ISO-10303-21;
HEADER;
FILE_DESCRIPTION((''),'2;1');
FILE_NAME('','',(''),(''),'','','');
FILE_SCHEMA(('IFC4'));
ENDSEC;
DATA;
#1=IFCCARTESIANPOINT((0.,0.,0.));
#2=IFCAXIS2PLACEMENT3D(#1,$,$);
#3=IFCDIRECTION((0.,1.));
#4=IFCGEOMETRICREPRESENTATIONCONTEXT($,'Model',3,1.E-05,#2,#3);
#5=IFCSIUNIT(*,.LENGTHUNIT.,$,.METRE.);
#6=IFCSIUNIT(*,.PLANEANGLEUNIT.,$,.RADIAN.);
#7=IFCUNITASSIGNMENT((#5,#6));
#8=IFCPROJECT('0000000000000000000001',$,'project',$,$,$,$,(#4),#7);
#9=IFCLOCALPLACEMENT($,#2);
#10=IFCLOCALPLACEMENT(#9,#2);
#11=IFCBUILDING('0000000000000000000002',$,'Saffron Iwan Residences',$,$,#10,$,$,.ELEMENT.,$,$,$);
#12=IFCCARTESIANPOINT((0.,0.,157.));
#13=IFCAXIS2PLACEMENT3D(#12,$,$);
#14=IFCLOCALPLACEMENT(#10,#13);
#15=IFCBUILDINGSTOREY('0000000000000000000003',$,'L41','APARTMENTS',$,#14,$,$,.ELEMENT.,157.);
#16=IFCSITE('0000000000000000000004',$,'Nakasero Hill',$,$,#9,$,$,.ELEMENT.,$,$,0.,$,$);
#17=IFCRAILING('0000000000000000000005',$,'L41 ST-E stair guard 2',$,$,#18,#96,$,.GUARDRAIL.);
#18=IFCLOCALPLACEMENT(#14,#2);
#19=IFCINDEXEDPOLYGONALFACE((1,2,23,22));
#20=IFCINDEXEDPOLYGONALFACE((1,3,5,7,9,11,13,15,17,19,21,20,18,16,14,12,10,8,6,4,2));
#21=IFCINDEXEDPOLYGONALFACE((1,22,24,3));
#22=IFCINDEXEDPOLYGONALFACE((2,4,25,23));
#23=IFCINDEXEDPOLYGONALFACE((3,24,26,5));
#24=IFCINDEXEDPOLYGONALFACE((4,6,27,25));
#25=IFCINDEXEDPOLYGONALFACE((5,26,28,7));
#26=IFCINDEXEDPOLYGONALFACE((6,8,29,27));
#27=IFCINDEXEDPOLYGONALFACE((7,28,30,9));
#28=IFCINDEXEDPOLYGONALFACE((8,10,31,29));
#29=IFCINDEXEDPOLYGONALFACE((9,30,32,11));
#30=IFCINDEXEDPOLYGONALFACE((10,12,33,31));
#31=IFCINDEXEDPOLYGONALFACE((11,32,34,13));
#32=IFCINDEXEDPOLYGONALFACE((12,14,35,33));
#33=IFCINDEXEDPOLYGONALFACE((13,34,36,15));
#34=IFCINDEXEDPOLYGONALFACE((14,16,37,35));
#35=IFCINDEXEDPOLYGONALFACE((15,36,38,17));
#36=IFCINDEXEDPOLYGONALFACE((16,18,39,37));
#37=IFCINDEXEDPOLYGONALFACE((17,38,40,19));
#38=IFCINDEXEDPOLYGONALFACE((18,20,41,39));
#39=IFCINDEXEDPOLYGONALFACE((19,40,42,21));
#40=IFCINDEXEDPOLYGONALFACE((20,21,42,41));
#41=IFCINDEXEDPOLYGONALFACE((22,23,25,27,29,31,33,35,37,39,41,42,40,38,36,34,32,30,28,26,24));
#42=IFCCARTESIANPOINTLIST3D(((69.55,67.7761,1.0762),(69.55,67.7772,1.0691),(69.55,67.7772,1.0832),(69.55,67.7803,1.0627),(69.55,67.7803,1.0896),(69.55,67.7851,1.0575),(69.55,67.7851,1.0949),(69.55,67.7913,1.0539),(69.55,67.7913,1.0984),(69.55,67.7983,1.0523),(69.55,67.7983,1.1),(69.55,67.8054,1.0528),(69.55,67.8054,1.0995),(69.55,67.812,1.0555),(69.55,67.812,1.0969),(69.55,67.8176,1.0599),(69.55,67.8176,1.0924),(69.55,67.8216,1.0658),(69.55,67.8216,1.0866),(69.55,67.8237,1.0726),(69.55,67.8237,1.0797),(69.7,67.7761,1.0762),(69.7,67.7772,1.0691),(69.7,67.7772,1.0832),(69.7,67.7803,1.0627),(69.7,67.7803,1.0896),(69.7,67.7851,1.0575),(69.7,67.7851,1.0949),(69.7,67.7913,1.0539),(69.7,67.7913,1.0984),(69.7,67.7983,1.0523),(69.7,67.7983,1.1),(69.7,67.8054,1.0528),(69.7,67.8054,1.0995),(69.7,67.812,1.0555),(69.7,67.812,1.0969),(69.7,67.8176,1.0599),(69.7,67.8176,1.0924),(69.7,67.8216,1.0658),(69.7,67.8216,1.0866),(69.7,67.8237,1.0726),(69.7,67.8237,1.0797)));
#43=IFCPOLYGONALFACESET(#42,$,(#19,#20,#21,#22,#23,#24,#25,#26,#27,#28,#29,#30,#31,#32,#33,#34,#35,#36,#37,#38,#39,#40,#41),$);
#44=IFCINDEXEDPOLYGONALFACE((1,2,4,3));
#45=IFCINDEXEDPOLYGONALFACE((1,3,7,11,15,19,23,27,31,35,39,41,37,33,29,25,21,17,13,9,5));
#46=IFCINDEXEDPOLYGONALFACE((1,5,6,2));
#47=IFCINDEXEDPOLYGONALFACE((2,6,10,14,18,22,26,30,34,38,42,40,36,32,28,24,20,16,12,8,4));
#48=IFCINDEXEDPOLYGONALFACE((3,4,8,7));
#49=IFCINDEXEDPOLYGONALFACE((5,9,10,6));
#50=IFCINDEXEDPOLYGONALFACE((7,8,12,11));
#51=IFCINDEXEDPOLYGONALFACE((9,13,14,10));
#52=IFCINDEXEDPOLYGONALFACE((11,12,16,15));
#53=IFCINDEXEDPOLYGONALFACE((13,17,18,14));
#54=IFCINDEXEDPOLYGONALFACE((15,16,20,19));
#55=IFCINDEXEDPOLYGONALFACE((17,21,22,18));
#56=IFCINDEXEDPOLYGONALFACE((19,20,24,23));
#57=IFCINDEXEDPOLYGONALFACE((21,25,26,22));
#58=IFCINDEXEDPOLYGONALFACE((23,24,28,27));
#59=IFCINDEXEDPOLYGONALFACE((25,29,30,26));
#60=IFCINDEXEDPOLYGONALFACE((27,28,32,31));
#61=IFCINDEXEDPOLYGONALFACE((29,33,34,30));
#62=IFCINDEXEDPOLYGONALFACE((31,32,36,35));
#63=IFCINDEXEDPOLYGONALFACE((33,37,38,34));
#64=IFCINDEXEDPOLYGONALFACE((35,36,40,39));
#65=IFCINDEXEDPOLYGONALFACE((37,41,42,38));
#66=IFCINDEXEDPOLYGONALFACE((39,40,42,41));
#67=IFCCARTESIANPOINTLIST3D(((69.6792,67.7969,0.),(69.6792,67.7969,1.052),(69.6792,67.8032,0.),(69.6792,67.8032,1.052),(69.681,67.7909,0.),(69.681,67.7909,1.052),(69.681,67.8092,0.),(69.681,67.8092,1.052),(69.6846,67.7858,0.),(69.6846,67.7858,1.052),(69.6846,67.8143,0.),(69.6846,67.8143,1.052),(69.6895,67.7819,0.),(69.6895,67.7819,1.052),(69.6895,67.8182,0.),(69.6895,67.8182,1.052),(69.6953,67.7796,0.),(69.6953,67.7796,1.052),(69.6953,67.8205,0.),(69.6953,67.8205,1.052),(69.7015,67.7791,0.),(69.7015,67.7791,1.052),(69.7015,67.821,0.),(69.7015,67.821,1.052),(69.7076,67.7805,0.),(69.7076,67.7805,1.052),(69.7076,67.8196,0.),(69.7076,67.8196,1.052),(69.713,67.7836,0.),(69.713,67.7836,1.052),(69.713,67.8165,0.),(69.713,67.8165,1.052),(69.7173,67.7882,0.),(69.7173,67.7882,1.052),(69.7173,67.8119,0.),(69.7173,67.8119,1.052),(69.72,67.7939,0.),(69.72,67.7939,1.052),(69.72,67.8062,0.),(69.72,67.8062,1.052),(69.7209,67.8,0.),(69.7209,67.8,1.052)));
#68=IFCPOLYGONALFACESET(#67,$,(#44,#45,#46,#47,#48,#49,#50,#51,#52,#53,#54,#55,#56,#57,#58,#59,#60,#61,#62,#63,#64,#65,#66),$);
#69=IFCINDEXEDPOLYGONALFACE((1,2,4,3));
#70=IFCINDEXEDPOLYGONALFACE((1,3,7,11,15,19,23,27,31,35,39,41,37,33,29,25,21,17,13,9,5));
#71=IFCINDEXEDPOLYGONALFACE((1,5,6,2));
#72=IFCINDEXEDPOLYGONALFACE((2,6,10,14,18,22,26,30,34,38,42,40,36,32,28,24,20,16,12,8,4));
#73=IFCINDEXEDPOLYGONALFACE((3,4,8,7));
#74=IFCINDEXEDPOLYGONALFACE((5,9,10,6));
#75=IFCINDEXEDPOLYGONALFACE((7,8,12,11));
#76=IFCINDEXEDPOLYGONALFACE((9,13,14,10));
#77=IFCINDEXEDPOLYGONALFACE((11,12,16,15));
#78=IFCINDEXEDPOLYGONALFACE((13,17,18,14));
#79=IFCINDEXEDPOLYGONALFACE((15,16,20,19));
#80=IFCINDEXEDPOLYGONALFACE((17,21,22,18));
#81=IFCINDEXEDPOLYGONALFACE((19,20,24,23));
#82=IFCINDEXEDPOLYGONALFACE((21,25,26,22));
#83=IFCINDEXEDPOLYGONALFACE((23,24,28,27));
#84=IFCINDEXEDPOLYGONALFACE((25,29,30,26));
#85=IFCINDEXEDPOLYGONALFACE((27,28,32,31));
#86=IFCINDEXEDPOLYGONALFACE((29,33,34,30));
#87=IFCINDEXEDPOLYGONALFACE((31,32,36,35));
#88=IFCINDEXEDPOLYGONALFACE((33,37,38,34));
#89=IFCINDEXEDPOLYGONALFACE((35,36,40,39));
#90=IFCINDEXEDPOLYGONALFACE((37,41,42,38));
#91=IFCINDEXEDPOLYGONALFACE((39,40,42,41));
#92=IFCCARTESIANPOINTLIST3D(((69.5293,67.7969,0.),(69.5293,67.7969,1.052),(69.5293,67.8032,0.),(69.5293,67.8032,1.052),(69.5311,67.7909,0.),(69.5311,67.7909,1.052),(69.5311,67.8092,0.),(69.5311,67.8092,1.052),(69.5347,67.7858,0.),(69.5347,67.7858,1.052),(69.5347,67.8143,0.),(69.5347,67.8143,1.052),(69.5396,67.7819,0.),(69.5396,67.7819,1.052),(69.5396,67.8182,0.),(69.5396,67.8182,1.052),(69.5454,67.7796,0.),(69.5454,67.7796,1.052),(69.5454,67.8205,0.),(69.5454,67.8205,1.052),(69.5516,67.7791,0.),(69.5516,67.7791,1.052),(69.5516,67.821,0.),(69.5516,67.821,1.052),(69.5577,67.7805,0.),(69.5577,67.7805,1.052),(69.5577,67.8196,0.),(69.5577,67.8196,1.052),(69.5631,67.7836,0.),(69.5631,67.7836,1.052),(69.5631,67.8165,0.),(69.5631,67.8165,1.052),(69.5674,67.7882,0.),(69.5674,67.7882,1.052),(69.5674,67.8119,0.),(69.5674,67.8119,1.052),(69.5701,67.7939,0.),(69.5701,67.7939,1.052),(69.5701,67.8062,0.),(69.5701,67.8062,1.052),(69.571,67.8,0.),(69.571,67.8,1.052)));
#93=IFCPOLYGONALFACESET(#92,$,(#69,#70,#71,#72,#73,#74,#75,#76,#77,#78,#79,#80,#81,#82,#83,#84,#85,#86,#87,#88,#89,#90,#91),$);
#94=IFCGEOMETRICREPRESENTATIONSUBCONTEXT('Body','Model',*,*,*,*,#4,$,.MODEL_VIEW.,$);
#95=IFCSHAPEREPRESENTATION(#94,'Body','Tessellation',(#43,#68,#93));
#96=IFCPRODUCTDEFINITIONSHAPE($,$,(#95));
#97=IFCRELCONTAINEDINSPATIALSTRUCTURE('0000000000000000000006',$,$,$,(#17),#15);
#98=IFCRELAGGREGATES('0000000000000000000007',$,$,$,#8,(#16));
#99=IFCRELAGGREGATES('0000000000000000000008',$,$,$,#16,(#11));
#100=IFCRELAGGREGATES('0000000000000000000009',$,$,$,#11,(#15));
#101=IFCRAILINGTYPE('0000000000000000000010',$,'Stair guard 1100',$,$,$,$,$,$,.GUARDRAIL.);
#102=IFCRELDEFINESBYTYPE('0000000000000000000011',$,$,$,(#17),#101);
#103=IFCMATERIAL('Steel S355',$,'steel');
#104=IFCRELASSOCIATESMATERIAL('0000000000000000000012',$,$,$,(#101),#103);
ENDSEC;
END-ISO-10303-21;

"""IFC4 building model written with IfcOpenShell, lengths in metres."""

from ifc_helpers import new_model, si_unit, direction, frame, origin, origin_2d, place, context, subcontext, project, spatial, circle, extrude, material, type_object, element, save


model = new_model("IFC4")

# Units and contexts
model_context = context("Model", 3, precision=1e-05, world=origin(), true_north=direction((0.0, 1.0)))
body_context = subcontext(model_context, "Body", "Model", "MODEL_VIEW")
ifc_project = project(units=[si_unit("LENGTHUNIT", "METRE"), si_unit("PLANEANGLEUNIT", "RADIAN")], contexts=[model_context])

# Site, building, storey
site_placement = place(None, origin())
site = spatial("IfcSite", under=ifc_project, at=site_placement, Name="Nakasero Hill", CompositionType="ELEMENT", RefElevation=0.0)
building_placement = place(site_placement, origin())
building = spatial("IfcBuilding", under=site, at=building_placement, Name="Saffron Iwan Residences", CompositionType="ELEMENT")
storey_placement = place(building_placement, frame((0.0, 0.0, 157.0)))
storey = spatial("IfcBuildingStorey", under=building, at=storey_placement, Name="L41", Description="APARTMENTS", CompositionType="ELEMENT", Elevation=157.0)

# Railing
ifc_material_1 = material(Name="Steel S355", Category="steel")
railing_type_1 = type_object("IfcRailingType", Name="Stair guard 1100", PredefinedType="GUARDRAIL", material=ifc_material_1)
railing_1_placement = place(storey_placement, frame((69.7, 67.8, 0.0)))
element("IfcRailing", 1, at=railing_1_placement, inside=storey, type_object=railing_type_1, Name="L41 ST-E stair guard 2", PredefinedType="GUARDRAIL", context=body_context, shape_type="SweptSolid", body=[
    extrude(circle(Radius=0.0239, at=origin_2d()), frame((0.0, 0.0, 1.0762), z_axis=(-1.0, 0.0, 0.0), x_axis=(0.0, -1.0, 0.0)), (0.0, 0.0, 1.0), 0.1499),
    extrude(circle(Radius=0.021, at=origin_2d()), origin(), (0.0, 0.0, 1.0), 1.052),
    extrude(circle(Radius=0.021, at=origin_2d()), frame((-0.1499, 0.0, 0.0)), (0.0, 0.0, 1.0), 1.052),
])

save(model, "model.ifc")
